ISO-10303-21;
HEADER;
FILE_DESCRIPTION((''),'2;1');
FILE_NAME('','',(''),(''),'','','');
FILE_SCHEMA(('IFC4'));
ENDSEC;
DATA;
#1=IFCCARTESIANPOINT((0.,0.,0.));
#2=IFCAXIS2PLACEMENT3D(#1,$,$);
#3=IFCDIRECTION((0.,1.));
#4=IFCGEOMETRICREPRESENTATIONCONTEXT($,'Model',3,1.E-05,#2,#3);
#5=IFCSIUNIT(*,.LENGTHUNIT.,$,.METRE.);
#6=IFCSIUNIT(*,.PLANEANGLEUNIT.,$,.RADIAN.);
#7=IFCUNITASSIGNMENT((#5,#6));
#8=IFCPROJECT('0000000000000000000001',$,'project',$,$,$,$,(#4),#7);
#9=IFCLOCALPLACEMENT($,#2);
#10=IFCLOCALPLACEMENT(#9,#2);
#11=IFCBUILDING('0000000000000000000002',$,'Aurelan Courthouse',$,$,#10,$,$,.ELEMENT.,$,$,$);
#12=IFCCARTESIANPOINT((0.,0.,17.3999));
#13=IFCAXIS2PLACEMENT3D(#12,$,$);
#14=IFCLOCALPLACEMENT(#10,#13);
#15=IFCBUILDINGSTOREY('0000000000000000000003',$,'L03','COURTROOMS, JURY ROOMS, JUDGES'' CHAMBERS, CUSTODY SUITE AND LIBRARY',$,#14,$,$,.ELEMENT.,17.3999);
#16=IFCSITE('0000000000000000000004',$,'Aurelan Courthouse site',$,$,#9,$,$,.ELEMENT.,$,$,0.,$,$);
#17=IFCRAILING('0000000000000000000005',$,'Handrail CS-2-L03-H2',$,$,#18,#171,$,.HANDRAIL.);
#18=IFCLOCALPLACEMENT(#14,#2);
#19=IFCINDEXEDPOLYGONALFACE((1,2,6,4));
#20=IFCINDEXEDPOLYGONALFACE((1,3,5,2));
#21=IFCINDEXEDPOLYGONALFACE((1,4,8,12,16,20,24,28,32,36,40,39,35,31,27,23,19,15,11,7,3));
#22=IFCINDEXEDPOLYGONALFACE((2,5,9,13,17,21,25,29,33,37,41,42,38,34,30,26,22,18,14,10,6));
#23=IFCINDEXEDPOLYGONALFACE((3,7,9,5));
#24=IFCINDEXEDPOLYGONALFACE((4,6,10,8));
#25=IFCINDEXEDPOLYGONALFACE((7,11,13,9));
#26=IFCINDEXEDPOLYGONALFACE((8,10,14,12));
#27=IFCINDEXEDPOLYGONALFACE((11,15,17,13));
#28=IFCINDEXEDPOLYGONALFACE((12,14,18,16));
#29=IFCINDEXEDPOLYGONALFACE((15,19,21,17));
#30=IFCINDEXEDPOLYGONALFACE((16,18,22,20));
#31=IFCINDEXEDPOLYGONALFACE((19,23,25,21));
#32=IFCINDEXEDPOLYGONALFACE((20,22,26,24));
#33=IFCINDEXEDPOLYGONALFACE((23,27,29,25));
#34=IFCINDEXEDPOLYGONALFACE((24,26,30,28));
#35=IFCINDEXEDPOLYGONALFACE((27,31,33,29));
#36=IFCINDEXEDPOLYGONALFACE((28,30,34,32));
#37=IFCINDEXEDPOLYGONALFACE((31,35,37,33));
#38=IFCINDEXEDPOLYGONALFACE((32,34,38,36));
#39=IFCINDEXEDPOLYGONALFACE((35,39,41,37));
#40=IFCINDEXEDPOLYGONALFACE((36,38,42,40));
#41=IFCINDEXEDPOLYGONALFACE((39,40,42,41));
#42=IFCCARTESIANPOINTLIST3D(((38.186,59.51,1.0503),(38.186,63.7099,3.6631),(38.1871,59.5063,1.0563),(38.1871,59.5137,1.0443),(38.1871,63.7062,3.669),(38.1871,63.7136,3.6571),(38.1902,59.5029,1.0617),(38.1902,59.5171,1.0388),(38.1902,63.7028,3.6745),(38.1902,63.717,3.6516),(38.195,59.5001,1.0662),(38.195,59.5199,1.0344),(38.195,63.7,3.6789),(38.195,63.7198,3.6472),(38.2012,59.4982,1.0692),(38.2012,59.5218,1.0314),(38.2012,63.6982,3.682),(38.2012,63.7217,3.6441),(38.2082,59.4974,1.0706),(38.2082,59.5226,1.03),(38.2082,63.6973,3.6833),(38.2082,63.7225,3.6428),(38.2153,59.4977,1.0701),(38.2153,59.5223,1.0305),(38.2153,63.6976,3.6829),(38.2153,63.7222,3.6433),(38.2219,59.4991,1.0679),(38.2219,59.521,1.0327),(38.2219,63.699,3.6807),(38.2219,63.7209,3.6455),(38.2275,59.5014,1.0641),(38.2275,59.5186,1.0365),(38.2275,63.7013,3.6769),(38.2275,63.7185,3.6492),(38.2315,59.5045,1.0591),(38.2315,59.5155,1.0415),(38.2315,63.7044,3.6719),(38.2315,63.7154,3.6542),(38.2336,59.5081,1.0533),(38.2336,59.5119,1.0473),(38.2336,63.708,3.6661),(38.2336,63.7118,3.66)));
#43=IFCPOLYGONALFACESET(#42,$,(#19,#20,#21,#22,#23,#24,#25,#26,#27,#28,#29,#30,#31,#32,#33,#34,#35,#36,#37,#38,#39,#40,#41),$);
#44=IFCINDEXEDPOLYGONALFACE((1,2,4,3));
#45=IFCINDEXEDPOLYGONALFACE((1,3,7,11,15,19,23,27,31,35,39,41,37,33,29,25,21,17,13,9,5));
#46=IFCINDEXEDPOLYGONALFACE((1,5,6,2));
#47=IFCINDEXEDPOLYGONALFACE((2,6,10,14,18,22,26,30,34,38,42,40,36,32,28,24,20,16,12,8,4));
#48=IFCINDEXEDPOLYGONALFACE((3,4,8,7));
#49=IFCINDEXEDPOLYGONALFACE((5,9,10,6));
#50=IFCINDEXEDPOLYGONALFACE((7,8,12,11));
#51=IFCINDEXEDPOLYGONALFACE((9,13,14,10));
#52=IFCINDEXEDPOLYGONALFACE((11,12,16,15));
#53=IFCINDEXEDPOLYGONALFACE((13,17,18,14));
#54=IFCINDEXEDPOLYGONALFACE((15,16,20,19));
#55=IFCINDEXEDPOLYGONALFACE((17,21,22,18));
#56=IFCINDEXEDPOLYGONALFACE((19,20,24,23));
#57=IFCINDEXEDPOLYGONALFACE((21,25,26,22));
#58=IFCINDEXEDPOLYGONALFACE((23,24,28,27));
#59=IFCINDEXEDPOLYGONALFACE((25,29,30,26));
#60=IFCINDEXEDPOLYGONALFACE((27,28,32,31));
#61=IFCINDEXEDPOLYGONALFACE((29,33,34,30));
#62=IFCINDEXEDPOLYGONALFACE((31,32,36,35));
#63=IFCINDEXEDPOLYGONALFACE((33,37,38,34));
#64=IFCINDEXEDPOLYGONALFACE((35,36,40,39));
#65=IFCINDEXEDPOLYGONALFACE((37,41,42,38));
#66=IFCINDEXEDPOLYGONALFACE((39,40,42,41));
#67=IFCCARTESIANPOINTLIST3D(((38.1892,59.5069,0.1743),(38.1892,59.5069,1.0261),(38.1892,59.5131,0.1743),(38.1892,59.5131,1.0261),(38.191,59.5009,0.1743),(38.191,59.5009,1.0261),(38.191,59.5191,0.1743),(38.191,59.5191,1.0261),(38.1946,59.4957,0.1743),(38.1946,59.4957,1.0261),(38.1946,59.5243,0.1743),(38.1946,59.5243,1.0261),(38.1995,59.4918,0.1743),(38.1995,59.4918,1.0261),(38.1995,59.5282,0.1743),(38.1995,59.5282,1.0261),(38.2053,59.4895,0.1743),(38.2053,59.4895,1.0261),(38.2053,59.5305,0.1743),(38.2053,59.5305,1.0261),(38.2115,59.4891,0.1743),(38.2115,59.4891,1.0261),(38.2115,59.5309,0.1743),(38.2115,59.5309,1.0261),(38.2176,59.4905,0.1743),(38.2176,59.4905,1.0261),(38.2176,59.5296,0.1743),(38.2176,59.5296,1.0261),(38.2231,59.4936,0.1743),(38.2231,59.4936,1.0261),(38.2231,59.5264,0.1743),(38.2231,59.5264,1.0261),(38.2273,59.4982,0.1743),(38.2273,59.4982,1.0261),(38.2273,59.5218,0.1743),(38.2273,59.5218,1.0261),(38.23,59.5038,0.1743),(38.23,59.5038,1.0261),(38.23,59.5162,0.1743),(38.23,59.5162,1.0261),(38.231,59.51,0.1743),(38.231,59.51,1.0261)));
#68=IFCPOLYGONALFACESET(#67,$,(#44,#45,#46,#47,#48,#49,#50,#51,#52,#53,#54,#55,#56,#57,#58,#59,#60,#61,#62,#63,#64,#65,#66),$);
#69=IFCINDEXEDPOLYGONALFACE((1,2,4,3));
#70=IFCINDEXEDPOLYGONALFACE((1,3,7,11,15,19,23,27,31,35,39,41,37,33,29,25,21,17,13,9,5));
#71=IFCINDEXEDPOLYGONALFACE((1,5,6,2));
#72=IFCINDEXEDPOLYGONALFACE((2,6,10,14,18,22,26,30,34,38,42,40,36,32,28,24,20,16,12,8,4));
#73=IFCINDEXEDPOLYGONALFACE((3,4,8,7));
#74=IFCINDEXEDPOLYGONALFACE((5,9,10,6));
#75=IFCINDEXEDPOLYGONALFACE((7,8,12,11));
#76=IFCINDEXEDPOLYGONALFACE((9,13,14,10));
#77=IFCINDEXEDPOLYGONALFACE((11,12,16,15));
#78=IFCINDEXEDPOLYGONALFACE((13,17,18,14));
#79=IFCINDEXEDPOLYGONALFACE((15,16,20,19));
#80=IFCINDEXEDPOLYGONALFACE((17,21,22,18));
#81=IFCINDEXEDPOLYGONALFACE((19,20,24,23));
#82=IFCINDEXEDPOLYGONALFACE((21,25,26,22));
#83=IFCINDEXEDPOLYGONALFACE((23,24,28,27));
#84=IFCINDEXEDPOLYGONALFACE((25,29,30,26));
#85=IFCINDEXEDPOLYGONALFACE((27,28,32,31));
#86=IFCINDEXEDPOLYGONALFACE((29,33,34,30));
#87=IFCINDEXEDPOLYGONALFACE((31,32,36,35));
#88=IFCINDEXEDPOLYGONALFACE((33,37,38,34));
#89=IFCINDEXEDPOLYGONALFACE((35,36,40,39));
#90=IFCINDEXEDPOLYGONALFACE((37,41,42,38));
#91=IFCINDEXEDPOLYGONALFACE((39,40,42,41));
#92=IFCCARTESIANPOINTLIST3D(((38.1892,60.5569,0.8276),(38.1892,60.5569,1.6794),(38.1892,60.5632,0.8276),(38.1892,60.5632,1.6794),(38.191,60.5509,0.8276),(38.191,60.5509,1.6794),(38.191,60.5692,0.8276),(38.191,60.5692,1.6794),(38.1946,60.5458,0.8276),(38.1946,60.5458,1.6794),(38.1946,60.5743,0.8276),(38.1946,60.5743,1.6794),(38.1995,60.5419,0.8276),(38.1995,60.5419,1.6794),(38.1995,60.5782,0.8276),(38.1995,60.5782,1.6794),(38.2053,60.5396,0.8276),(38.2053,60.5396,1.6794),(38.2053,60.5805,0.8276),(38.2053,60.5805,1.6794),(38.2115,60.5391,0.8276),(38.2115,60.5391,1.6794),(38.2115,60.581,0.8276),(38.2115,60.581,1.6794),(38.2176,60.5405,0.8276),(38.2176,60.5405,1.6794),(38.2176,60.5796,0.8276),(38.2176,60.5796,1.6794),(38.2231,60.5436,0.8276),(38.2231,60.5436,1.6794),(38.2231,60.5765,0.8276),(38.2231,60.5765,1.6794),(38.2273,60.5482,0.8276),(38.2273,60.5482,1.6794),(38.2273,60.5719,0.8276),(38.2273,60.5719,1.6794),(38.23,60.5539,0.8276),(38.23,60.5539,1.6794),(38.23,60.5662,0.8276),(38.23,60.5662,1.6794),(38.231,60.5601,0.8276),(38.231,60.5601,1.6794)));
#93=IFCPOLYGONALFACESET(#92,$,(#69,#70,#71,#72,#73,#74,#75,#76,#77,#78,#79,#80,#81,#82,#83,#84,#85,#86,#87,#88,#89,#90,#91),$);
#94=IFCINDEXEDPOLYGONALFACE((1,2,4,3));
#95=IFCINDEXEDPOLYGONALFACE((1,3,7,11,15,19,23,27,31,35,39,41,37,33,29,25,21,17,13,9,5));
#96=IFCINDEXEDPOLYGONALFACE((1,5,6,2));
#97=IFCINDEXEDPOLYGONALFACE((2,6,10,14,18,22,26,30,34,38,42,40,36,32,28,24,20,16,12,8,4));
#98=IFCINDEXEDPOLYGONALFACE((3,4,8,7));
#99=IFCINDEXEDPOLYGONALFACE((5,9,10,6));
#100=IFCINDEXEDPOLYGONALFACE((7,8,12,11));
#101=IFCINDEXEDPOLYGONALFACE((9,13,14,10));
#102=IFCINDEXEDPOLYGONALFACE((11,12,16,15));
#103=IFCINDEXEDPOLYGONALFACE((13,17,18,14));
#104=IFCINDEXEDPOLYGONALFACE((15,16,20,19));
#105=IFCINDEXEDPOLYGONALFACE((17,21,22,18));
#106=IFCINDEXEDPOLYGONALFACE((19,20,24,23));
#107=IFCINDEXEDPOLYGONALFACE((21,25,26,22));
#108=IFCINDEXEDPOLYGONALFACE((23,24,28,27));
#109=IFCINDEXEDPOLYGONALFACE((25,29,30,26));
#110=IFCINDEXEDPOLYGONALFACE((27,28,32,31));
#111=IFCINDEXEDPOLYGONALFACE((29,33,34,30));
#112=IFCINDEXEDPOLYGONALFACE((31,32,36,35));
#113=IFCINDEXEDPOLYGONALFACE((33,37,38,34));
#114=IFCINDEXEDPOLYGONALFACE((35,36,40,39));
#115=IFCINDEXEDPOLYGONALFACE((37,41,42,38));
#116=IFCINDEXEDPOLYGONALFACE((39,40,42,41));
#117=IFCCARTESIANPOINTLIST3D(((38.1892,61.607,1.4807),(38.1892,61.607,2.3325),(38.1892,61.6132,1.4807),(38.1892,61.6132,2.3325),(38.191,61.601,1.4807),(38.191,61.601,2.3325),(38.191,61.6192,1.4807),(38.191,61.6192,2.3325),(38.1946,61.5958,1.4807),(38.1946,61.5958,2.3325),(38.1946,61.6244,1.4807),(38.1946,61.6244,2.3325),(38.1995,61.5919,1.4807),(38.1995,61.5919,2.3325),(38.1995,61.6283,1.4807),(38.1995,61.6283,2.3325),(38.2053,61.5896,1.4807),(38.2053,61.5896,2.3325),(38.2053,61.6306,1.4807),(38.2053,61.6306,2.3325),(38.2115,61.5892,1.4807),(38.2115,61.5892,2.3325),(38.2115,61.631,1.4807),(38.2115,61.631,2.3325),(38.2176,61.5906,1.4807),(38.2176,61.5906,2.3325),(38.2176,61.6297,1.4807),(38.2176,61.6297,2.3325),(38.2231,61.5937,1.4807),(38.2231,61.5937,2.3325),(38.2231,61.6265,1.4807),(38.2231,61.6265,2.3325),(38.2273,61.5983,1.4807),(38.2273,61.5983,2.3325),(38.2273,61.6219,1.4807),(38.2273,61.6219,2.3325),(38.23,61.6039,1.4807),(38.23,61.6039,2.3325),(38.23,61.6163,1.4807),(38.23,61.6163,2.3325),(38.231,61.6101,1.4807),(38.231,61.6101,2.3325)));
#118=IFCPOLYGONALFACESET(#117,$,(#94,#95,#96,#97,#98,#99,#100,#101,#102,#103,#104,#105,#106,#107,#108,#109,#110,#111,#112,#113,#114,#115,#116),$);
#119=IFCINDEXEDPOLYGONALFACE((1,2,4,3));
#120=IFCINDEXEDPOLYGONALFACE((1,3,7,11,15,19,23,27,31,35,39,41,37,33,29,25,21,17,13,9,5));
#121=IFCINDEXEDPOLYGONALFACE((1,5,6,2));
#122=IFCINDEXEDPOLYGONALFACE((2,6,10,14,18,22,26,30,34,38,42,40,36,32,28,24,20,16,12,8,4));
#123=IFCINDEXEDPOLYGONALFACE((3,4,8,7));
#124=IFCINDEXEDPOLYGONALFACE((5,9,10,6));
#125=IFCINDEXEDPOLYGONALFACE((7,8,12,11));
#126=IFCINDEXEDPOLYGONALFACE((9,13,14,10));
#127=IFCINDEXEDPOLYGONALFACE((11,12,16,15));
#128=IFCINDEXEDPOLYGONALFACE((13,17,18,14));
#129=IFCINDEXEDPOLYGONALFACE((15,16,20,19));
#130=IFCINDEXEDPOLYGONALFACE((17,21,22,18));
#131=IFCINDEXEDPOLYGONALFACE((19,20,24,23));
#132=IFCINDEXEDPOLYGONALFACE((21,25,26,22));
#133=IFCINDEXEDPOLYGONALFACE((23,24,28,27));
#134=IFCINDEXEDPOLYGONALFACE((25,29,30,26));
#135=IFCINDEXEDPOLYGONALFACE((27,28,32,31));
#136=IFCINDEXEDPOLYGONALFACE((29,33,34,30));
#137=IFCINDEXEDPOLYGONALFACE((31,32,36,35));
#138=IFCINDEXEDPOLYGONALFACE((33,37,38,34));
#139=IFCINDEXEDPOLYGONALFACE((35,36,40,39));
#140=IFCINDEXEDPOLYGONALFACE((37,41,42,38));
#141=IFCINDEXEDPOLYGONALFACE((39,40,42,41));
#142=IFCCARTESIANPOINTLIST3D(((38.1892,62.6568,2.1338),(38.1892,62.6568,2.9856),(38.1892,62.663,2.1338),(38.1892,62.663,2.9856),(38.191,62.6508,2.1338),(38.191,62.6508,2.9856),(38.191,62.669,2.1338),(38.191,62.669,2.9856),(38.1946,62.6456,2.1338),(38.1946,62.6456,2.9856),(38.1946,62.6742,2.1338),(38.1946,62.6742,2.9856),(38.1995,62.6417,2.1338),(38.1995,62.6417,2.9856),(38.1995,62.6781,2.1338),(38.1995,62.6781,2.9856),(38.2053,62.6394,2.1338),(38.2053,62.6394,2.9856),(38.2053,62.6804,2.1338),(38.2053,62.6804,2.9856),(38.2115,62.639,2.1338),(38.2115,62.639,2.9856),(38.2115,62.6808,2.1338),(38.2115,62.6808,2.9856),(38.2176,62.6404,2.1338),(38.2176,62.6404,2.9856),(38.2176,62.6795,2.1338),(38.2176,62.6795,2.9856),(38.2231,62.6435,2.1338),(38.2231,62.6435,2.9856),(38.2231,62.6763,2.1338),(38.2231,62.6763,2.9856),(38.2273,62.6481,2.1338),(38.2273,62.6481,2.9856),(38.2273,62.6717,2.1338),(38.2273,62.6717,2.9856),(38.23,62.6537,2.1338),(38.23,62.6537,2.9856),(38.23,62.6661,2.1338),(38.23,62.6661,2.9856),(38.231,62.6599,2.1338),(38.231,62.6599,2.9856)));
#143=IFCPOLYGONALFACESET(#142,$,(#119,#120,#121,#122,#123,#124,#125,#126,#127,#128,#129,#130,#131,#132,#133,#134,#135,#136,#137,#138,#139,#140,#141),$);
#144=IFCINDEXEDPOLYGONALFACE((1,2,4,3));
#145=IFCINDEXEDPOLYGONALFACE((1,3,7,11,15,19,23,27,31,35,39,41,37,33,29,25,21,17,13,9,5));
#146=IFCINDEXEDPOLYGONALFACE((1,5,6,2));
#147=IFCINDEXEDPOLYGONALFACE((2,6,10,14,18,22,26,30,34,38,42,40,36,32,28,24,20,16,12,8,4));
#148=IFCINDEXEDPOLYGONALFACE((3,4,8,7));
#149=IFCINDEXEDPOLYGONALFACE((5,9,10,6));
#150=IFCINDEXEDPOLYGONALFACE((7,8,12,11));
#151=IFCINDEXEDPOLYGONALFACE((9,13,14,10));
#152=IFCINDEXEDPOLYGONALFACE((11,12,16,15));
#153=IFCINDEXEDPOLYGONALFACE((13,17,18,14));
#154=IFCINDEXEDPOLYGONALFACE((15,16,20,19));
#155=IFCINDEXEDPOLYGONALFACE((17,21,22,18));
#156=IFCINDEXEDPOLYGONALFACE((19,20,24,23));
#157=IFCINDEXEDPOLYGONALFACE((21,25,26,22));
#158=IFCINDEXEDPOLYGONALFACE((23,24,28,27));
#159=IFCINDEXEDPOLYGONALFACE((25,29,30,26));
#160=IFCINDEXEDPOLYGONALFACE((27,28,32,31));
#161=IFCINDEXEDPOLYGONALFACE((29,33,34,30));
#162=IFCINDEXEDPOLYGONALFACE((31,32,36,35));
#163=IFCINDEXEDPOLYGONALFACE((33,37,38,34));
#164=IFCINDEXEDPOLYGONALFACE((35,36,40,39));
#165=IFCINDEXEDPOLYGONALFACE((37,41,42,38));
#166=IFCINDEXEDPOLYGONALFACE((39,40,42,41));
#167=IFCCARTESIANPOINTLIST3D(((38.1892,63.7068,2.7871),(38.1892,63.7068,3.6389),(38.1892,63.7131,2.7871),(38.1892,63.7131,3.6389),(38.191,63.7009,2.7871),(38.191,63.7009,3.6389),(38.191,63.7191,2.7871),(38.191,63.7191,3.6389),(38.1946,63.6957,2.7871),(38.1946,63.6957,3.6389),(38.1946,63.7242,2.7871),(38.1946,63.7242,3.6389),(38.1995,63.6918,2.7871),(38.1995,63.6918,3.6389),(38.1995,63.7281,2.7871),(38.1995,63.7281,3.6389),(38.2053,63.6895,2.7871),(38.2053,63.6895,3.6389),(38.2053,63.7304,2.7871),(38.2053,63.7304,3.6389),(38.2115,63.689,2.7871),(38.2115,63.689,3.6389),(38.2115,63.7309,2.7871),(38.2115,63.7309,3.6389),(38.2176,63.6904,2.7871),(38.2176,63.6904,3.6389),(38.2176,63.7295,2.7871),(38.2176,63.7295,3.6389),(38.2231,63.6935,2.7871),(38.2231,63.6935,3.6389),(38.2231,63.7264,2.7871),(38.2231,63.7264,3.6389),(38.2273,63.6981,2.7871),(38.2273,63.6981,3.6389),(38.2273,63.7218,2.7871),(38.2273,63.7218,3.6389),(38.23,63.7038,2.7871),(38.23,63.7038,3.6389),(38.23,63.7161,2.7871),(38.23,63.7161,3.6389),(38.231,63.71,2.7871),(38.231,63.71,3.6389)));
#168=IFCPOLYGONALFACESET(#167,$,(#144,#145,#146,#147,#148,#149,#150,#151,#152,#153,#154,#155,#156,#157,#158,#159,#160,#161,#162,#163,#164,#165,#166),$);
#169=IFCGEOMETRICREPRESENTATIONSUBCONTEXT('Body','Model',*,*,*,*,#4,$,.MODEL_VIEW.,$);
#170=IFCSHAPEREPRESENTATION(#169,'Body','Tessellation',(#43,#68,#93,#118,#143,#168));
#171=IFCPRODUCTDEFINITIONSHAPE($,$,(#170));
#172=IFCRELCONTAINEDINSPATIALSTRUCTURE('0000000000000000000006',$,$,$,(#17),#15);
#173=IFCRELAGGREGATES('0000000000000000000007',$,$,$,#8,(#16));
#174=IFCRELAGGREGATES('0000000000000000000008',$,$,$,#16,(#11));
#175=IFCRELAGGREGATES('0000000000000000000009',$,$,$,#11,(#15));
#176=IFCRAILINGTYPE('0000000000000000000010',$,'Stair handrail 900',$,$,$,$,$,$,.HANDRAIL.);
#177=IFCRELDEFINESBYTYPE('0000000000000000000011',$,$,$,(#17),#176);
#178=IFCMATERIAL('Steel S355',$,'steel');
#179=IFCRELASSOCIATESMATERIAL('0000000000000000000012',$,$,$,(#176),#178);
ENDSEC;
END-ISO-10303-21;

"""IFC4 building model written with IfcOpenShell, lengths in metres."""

from ifc_helpers import new_model, si_unit, direction, frame, origin, origin_2d, place, context, subcontext, project, spatial, circle, extrude, material, type_object, element, save


model = new_model("IFC4")

# Units and contexts
model_context = context("Model", 3, precision=1e-05, world=origin(), true_north=direction((0.0, 1.0)))
body_context = subcontext(model_context, "Body", "Model", "MODEL_VIEW")
ifc_project = project(units=[si_unit("LENGTHUNIT", "METRE"), si_unit("PLANEANGLEUNIT", "RADIAN")], contexts=[model_context])

# Site, building, storey
site_placement = place(None, origin())
site = spatial("IfcSite", under=ifc_project, at=site_placement, Name="Aurelan Courthouse site", CompositionType="ELEMENT", RefElevation=0.0)
building_placement = place(site_placement, origin())
building = spatial("IfcBuilding", under=site, at=building_placement, Name="Aurelan Courthouse", CompositionType="ELEMENT")
storey_placement = place(building_placement, frame((0.0, 0.0, 17.3999)))
storey = spatial("IfcBuildingStorey", under=building, at=storey_placement, Name="L03", Description="COURTROOMS, JURY ROOMS, JUDGES' CHAMBERS, CUSTODY SUITE AND LIBRARY", CompositionType="ELEMENT", Elevation=17.3999)

# Railing
ifc_material_1 = material(Name="Steel S355", Category="steel")
railing_type_1 = type_object("IfcRailingType", Name="Stair handrail 900", PredefinedType="HANDRAIL", material=ifc_material_1)
for number, where, name in (
    (1, (38.21, 59.51, 0.1743), "Handrail CS-2-L03-H2"),
):
    element("IfcRailing", number, at=place(storey_placement, frame(where)), inside=storey, type_object=railing_type_1, Name=name, PredefinedType="HANDRAIL", context=body_context, shape_type="SweptSolid", body=[
        extrude(circle(Radius=0.0239, at=origin_2d()), frame((0.0, 0.0, 0.876), z_axis=(0.0, 0.849103, 0.528228), x_axis=(-1.0, 0.0, 0.0)), (0.0, 0.0, 1.0), 4.9463),
        extrude(circle(Radius=0.021, at=origin_2d()), origin(), (0.0, 0.0, 1.0), 0.8518),
        extrude(circle(Radius=0.021, at=origin_2d()), frame((0.0, 1.05, 0.6533)), (0.0, 0.0, 1.0), 0.8518),
        extrude(circle(Radius=0.021, at=origin_2d()), frame((0.0, 2.1001, 1.3064)), (0.0, 0.0, 1.0), 0.8518),
        extrude(circle(Radius=0.021, at=origin_2d()), frame((0.0, 3.1499, 1.9595)), (0.0, 0.0, 1.0), 0.8518),
        extrude(circle(Radius=0.021, at=origin_2d()), frame((0.0, 4.2, 2.6128)), (0.0, 0.0, 1.0), 0.8518),
    ])

save(model, "model.ifc")
